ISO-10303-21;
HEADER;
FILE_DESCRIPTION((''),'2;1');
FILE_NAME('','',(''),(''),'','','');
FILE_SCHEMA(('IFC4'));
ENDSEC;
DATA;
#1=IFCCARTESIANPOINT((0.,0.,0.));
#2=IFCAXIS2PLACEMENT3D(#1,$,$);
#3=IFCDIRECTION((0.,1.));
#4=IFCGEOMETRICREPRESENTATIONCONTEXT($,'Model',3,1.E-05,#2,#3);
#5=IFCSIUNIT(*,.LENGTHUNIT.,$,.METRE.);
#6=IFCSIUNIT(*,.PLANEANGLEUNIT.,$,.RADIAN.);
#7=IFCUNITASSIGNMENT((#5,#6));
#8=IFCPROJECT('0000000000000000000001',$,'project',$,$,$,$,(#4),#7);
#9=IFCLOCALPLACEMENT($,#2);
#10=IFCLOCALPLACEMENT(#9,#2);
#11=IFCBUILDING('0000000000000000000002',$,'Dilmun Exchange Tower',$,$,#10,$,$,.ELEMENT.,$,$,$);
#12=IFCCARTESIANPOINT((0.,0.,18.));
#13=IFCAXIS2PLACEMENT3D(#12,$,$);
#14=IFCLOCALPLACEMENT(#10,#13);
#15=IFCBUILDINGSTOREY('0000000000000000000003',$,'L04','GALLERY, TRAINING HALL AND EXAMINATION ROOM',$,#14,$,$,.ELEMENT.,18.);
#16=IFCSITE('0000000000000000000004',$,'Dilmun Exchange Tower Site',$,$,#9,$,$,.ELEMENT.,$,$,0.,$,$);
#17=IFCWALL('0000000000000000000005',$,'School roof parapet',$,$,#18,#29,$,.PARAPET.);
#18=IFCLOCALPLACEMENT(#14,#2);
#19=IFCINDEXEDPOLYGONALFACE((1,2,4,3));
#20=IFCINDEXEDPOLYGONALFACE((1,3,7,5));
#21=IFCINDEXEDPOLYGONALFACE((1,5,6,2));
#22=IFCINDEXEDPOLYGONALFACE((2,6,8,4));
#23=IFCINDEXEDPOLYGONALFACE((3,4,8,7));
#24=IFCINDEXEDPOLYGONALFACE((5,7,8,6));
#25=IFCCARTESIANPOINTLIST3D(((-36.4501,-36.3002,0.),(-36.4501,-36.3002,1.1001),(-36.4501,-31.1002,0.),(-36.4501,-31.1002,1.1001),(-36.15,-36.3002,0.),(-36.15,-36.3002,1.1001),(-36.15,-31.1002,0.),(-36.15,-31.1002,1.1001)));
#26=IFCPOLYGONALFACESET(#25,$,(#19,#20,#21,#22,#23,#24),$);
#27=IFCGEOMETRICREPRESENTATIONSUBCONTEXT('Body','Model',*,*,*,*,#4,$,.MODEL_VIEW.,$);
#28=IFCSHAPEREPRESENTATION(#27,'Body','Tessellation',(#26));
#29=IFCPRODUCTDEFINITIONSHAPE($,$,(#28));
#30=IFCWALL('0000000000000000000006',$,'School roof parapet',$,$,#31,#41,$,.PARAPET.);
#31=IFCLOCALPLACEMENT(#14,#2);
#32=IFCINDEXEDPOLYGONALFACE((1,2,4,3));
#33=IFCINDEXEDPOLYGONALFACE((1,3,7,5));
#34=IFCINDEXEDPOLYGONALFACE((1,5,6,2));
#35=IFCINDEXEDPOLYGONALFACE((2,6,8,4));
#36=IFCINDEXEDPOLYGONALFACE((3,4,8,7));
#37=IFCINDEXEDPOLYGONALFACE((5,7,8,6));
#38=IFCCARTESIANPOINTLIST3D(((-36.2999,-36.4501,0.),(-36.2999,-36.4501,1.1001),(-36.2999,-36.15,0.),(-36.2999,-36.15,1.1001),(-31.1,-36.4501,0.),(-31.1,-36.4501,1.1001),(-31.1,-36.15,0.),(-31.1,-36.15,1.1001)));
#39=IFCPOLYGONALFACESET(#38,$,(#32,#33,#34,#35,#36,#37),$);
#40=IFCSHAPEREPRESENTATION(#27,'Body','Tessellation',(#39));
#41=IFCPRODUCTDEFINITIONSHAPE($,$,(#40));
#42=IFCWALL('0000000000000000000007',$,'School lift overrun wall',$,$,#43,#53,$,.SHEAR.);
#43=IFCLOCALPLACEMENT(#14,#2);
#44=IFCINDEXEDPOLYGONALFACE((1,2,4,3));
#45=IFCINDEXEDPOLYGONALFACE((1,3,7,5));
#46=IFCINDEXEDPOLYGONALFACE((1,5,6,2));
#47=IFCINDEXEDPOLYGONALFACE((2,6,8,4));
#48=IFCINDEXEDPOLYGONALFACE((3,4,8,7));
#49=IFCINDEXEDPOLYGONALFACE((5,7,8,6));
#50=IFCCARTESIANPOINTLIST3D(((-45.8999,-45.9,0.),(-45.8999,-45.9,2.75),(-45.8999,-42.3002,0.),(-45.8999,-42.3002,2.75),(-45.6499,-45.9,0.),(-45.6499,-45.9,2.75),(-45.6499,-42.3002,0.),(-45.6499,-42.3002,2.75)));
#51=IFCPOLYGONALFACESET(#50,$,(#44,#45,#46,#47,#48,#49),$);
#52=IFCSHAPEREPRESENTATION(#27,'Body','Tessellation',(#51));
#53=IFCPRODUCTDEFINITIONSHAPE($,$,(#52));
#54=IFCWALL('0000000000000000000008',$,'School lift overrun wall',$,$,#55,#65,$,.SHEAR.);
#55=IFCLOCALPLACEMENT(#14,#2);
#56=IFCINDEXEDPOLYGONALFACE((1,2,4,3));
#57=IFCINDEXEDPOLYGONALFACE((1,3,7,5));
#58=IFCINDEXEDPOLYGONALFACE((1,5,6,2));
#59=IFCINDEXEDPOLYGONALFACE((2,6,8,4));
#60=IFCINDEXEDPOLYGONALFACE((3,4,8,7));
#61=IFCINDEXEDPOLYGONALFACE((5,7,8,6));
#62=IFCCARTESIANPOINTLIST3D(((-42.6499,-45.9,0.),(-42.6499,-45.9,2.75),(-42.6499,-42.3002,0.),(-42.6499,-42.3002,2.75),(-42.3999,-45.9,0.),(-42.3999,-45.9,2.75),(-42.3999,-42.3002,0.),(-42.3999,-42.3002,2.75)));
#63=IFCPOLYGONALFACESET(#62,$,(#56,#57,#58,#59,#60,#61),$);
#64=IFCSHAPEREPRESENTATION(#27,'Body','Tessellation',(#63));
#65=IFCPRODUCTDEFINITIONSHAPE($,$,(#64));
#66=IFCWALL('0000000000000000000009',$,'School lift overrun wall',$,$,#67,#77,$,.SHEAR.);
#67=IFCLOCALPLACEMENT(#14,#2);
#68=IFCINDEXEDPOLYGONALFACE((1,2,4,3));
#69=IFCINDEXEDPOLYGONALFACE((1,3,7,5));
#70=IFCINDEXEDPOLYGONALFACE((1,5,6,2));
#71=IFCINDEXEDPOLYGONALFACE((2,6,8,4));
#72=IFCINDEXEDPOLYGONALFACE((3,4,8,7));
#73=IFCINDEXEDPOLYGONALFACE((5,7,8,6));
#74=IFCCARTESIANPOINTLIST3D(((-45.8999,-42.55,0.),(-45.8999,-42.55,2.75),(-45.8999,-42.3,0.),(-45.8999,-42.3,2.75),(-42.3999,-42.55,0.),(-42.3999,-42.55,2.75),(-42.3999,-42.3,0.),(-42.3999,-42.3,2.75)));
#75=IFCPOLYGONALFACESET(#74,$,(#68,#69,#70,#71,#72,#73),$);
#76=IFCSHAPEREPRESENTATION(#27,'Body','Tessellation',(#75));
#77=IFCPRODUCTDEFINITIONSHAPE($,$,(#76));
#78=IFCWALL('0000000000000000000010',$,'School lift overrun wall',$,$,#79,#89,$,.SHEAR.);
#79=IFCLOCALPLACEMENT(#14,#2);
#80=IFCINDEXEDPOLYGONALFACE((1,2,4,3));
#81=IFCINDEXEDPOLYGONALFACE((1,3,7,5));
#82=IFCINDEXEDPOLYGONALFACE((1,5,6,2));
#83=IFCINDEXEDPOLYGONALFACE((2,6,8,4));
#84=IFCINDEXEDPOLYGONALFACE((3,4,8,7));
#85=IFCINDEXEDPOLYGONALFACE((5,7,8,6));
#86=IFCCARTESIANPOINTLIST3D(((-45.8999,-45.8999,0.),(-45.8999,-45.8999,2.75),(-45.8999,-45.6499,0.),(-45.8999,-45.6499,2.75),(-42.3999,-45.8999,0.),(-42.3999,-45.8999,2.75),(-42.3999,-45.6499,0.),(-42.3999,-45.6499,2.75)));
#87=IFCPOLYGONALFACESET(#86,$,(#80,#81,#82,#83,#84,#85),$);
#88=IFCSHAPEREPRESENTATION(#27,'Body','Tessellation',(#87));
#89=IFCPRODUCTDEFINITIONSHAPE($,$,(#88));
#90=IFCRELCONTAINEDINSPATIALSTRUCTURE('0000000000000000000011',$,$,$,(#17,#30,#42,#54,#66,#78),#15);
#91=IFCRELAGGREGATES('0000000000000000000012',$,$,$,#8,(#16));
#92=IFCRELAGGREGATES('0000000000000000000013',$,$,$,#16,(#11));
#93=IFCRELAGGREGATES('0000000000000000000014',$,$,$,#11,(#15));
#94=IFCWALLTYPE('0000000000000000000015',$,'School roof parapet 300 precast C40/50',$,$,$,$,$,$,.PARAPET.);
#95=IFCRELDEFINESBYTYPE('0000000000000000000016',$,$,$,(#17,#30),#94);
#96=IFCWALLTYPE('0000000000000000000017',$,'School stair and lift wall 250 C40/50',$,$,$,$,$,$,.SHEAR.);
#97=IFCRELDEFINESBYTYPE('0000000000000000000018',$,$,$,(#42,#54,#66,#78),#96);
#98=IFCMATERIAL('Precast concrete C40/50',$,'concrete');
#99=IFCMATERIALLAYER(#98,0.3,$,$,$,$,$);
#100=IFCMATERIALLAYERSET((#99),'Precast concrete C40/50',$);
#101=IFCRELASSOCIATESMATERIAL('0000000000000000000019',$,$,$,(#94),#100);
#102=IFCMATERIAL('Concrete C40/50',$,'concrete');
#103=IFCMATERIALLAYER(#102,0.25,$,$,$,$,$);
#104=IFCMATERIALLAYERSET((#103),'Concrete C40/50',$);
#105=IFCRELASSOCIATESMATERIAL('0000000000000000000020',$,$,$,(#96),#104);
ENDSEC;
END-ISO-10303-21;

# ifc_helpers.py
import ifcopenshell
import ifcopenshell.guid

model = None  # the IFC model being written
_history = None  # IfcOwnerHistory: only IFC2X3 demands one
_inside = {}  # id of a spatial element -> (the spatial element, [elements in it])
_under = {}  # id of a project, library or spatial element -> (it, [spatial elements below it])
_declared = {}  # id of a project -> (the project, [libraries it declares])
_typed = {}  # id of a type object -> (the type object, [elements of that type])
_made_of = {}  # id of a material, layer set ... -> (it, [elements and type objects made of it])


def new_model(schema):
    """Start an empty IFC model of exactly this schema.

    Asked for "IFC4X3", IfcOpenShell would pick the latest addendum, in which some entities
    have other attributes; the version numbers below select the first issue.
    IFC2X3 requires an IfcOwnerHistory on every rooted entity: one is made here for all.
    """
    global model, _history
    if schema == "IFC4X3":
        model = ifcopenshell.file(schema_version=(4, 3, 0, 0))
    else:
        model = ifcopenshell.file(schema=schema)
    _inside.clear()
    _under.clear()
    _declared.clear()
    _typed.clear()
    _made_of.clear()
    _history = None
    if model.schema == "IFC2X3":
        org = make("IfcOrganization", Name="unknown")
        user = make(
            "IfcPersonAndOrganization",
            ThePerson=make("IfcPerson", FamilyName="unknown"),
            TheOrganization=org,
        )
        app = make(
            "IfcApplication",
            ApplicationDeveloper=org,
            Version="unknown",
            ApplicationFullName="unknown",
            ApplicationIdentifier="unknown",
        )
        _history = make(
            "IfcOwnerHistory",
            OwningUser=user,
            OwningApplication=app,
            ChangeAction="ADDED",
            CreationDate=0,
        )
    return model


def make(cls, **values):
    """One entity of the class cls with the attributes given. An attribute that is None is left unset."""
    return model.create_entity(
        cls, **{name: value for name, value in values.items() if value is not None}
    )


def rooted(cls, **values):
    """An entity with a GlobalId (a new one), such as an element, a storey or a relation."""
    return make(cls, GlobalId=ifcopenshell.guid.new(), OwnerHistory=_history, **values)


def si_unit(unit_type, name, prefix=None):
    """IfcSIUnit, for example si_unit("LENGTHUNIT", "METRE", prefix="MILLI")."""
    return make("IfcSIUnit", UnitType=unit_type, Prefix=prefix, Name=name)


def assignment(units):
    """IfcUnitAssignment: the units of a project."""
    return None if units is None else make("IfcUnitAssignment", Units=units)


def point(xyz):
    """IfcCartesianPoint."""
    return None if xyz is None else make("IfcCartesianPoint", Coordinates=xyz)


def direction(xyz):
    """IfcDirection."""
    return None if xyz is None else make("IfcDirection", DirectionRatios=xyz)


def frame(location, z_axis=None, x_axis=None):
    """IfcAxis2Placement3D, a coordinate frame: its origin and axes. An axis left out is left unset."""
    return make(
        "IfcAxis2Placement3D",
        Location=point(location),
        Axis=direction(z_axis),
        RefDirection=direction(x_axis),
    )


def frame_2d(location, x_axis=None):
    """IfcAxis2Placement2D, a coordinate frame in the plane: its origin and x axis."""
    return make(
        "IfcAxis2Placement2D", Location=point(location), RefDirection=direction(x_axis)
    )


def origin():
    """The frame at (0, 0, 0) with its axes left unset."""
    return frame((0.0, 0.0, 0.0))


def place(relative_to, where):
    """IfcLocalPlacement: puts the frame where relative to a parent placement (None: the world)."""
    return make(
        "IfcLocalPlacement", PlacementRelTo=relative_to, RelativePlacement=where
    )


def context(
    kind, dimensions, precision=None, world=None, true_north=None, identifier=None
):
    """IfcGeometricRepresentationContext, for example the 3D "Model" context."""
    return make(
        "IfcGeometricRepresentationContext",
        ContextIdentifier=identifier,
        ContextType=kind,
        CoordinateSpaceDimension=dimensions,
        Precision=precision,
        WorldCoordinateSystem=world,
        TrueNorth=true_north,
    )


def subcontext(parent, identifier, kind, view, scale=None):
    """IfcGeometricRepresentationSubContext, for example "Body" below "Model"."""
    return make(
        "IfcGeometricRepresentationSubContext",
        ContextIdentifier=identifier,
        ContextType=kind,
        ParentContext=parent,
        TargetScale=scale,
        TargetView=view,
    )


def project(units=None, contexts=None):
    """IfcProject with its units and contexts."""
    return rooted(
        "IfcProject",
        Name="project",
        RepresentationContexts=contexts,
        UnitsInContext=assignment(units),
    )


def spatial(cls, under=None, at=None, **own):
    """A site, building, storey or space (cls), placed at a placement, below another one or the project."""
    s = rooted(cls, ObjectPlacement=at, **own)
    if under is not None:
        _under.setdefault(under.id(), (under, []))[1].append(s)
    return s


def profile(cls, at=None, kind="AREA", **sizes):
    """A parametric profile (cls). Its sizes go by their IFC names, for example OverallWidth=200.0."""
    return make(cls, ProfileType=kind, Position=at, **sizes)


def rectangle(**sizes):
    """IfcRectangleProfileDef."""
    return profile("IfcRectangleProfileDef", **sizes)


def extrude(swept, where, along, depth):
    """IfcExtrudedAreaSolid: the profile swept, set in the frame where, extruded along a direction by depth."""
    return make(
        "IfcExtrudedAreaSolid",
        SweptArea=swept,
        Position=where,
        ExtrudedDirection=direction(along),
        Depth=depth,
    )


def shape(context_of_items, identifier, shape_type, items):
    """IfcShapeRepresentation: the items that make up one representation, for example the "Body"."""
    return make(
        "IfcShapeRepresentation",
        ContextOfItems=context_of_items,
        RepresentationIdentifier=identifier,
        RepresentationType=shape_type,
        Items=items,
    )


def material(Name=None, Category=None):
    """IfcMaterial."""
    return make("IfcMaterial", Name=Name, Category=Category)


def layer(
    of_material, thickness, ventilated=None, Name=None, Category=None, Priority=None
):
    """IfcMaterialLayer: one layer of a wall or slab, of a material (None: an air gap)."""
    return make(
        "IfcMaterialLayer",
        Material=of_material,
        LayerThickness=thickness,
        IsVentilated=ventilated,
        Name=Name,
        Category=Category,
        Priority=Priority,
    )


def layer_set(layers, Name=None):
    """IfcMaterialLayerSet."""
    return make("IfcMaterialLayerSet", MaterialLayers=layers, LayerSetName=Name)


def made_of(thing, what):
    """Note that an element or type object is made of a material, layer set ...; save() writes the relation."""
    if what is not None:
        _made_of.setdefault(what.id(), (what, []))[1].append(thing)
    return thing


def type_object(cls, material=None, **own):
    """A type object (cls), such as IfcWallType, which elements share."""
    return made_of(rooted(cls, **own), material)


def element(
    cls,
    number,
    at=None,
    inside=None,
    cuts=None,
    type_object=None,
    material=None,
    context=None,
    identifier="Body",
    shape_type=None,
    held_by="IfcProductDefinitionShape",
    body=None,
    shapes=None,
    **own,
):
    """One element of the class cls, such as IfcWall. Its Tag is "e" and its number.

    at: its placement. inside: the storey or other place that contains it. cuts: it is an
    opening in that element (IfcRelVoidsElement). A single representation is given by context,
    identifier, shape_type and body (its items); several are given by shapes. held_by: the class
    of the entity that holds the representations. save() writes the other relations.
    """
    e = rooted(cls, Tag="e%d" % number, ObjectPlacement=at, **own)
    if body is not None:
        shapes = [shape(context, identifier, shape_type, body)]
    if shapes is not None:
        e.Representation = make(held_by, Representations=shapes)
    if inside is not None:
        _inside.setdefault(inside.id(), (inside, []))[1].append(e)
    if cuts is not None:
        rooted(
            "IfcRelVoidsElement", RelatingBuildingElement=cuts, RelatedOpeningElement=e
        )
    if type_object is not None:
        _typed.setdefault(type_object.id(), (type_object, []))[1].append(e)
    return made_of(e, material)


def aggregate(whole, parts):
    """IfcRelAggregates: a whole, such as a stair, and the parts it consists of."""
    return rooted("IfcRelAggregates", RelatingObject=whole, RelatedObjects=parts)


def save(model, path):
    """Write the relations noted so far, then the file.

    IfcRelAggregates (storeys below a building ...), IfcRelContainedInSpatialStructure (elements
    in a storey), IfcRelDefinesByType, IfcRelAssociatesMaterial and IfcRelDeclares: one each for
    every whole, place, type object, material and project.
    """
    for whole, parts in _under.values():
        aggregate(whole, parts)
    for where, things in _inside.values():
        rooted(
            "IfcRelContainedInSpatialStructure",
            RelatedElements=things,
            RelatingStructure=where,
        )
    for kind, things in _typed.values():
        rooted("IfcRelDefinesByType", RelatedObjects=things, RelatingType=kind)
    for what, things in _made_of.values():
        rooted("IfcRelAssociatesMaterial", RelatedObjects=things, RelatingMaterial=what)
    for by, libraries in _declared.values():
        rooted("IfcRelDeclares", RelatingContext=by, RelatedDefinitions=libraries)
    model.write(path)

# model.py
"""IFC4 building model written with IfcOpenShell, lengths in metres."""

from ifc_helpers import new_model, si_unit, direction, frame, frame_2d, origin, place, context, subcontext, project, spatial, rectangle, extrude, material, layer, layer_set, type_object, element, save


model = new_model("IFC4")

# Units and contexts
model_context = context("Model", 3, precision=1e-05, world=origin(), true_north=direction((0.0, 1.0)))
body_context = subcontext(model_context, "Body", "Model", "MODEL_VIEW")
ifc_project = project(units=[si_unit("LENGTHUNIT", "METRE"), si_unit("PLANEANGLEUNIT", "RADIAN")], contexts=[model_context])

# Site, building, storey
site_placement = place(None, origin())
site = spatial("IfcSite", under=ifc_project, at=site_placement, Name="Dilmun Exchange Tower Site", CompositionType="ELEMENT", RefElevation=0.0)
building_placement = place(site_placement, origin())
building = spatial("IfcBuilding", under=site, at=building_placement, Name="Dilmun Exchange Tower", CompositionType="ELEMENT")
storey_placement = place(building_placement, frame((0.0, 0.0, 18.0)))
storey = spatial("IfcBuildingStorey", under=building, at=storey_placement, Name="L04", Description="GALLERY, TRAINING HALL AND EXAMINATION ROOM", CompositionType="ELEMENT", Elevation=18.0)

# Walls
ifc_material_1 = material(Name="Precast concrete C40/50", Category="concrete")
ifc_layer_1 = layer(ifc_material_1, 0.3)
ifc_layer_set_1 = layer_set([ifc_layer_1], Name="Precast concrete C40/50")
wall_type_1 = type_object("IfcWallType", Name="School roof parapet 300 precast C40/50", PredefinedType="PARAPET", material=ifc_layer_set_1)
for number, where, z_axis, x_axis, name in (
    (1, (-36.3, -31.1001, 0.0), (0.0, 0.0, 1.0), (0.0, -1.0, 0.0), "School roof parapet"),
    (2, (-36.3, -36.3, 0.0), (0.0, 0.0, 1.0), (1.0, 0.0, 0.0), "School roof parapet"),
):
    element("IfcWall", number, at=place(storey_placement, frame(where, z_axis=z_axis, x_axis=x_axis)), inside=storey, type_object=wall_type_1, Name=name, PredefinedType="PARAPET", context=body_context, shape_type="SweptSolid", body=[
        extrude(rectangle(XDim=5.2, YDim=0.3, at=frame_2d((2.6001, 0.0))), origin(), (0.0, 0.0, 1.0), 1.1001),
    ])
ifc_material_2 = material(Name="Concrete C40/50", Category="concrete")
ifc_layer_2 = layer(ifc_material_2, 0.25)
ifc_layer_set_2 = layer_set([ifc_layer_2], Name="Concrete C40/50")
wall_type_2 = type_object("IfcWallType", Name="School stair and lift wall 250 C40/50", PredefinedType="SHEAR", material=ifc_layer_set_2)
for number, where, z_axis, x_axis, name in (
    (3, (-45.7749, -45.8999, 0.0), (0.0, 0.0, 1.0), (0.0, 1.0, 0.0), "School lift overrun wall"),
    (4, (-42.5249, -45.8999, 0.0), (0.0, 0.0, 1.0), (0.0, 1.0, 0.0), "School lift overrun wall"),
):
    element("IfcWall", number, at=place(storey_placement, frame(where, z_axis=z_axis, x_axis=x_axis)), inside=storey, type_object=wall_type_2, Name=name, PredefinedType="SHEAR", context=body_context, shape_type="SweptSolid", body=[
        extrude(rectangle(XDim=3.5999, YDim=0.25, at=frame_2d((1.7998, 0.0))), origin(), (0.0, 0.0, 1.0), 2.75),
    ])
for number, where, z_axis, x_axis, name in (
    (5, (-45.8999, -42.425, 0.0), (0.0, 0.0, 1.0), (1.0, 0.0, 0.0), "School lift overrun wall"),
    (6, (-45.8999, -45.7749, 0.0), (0.0, 0.0, 1.0), (1.0, 0.0, 0.0), "School lift overrun wall"),
):
    element("IfcWall", number, at=place(storey_placement, frame(where, z_axis=z_axis, x_axis=x_axis)), inside=storey, type_object=wall_type_2, Name=name, PredefinedType="SHEAR", context=body_context, shape_type="SweptSolid", body=[
        extrude(rectangle(XDim=3.5, YDim=0.25, at=frame_2d((1.75, 0.0))), origin(), (0.0, 0.0, 1.0), 2.75),
    ])

save(model, "model.ifc")
